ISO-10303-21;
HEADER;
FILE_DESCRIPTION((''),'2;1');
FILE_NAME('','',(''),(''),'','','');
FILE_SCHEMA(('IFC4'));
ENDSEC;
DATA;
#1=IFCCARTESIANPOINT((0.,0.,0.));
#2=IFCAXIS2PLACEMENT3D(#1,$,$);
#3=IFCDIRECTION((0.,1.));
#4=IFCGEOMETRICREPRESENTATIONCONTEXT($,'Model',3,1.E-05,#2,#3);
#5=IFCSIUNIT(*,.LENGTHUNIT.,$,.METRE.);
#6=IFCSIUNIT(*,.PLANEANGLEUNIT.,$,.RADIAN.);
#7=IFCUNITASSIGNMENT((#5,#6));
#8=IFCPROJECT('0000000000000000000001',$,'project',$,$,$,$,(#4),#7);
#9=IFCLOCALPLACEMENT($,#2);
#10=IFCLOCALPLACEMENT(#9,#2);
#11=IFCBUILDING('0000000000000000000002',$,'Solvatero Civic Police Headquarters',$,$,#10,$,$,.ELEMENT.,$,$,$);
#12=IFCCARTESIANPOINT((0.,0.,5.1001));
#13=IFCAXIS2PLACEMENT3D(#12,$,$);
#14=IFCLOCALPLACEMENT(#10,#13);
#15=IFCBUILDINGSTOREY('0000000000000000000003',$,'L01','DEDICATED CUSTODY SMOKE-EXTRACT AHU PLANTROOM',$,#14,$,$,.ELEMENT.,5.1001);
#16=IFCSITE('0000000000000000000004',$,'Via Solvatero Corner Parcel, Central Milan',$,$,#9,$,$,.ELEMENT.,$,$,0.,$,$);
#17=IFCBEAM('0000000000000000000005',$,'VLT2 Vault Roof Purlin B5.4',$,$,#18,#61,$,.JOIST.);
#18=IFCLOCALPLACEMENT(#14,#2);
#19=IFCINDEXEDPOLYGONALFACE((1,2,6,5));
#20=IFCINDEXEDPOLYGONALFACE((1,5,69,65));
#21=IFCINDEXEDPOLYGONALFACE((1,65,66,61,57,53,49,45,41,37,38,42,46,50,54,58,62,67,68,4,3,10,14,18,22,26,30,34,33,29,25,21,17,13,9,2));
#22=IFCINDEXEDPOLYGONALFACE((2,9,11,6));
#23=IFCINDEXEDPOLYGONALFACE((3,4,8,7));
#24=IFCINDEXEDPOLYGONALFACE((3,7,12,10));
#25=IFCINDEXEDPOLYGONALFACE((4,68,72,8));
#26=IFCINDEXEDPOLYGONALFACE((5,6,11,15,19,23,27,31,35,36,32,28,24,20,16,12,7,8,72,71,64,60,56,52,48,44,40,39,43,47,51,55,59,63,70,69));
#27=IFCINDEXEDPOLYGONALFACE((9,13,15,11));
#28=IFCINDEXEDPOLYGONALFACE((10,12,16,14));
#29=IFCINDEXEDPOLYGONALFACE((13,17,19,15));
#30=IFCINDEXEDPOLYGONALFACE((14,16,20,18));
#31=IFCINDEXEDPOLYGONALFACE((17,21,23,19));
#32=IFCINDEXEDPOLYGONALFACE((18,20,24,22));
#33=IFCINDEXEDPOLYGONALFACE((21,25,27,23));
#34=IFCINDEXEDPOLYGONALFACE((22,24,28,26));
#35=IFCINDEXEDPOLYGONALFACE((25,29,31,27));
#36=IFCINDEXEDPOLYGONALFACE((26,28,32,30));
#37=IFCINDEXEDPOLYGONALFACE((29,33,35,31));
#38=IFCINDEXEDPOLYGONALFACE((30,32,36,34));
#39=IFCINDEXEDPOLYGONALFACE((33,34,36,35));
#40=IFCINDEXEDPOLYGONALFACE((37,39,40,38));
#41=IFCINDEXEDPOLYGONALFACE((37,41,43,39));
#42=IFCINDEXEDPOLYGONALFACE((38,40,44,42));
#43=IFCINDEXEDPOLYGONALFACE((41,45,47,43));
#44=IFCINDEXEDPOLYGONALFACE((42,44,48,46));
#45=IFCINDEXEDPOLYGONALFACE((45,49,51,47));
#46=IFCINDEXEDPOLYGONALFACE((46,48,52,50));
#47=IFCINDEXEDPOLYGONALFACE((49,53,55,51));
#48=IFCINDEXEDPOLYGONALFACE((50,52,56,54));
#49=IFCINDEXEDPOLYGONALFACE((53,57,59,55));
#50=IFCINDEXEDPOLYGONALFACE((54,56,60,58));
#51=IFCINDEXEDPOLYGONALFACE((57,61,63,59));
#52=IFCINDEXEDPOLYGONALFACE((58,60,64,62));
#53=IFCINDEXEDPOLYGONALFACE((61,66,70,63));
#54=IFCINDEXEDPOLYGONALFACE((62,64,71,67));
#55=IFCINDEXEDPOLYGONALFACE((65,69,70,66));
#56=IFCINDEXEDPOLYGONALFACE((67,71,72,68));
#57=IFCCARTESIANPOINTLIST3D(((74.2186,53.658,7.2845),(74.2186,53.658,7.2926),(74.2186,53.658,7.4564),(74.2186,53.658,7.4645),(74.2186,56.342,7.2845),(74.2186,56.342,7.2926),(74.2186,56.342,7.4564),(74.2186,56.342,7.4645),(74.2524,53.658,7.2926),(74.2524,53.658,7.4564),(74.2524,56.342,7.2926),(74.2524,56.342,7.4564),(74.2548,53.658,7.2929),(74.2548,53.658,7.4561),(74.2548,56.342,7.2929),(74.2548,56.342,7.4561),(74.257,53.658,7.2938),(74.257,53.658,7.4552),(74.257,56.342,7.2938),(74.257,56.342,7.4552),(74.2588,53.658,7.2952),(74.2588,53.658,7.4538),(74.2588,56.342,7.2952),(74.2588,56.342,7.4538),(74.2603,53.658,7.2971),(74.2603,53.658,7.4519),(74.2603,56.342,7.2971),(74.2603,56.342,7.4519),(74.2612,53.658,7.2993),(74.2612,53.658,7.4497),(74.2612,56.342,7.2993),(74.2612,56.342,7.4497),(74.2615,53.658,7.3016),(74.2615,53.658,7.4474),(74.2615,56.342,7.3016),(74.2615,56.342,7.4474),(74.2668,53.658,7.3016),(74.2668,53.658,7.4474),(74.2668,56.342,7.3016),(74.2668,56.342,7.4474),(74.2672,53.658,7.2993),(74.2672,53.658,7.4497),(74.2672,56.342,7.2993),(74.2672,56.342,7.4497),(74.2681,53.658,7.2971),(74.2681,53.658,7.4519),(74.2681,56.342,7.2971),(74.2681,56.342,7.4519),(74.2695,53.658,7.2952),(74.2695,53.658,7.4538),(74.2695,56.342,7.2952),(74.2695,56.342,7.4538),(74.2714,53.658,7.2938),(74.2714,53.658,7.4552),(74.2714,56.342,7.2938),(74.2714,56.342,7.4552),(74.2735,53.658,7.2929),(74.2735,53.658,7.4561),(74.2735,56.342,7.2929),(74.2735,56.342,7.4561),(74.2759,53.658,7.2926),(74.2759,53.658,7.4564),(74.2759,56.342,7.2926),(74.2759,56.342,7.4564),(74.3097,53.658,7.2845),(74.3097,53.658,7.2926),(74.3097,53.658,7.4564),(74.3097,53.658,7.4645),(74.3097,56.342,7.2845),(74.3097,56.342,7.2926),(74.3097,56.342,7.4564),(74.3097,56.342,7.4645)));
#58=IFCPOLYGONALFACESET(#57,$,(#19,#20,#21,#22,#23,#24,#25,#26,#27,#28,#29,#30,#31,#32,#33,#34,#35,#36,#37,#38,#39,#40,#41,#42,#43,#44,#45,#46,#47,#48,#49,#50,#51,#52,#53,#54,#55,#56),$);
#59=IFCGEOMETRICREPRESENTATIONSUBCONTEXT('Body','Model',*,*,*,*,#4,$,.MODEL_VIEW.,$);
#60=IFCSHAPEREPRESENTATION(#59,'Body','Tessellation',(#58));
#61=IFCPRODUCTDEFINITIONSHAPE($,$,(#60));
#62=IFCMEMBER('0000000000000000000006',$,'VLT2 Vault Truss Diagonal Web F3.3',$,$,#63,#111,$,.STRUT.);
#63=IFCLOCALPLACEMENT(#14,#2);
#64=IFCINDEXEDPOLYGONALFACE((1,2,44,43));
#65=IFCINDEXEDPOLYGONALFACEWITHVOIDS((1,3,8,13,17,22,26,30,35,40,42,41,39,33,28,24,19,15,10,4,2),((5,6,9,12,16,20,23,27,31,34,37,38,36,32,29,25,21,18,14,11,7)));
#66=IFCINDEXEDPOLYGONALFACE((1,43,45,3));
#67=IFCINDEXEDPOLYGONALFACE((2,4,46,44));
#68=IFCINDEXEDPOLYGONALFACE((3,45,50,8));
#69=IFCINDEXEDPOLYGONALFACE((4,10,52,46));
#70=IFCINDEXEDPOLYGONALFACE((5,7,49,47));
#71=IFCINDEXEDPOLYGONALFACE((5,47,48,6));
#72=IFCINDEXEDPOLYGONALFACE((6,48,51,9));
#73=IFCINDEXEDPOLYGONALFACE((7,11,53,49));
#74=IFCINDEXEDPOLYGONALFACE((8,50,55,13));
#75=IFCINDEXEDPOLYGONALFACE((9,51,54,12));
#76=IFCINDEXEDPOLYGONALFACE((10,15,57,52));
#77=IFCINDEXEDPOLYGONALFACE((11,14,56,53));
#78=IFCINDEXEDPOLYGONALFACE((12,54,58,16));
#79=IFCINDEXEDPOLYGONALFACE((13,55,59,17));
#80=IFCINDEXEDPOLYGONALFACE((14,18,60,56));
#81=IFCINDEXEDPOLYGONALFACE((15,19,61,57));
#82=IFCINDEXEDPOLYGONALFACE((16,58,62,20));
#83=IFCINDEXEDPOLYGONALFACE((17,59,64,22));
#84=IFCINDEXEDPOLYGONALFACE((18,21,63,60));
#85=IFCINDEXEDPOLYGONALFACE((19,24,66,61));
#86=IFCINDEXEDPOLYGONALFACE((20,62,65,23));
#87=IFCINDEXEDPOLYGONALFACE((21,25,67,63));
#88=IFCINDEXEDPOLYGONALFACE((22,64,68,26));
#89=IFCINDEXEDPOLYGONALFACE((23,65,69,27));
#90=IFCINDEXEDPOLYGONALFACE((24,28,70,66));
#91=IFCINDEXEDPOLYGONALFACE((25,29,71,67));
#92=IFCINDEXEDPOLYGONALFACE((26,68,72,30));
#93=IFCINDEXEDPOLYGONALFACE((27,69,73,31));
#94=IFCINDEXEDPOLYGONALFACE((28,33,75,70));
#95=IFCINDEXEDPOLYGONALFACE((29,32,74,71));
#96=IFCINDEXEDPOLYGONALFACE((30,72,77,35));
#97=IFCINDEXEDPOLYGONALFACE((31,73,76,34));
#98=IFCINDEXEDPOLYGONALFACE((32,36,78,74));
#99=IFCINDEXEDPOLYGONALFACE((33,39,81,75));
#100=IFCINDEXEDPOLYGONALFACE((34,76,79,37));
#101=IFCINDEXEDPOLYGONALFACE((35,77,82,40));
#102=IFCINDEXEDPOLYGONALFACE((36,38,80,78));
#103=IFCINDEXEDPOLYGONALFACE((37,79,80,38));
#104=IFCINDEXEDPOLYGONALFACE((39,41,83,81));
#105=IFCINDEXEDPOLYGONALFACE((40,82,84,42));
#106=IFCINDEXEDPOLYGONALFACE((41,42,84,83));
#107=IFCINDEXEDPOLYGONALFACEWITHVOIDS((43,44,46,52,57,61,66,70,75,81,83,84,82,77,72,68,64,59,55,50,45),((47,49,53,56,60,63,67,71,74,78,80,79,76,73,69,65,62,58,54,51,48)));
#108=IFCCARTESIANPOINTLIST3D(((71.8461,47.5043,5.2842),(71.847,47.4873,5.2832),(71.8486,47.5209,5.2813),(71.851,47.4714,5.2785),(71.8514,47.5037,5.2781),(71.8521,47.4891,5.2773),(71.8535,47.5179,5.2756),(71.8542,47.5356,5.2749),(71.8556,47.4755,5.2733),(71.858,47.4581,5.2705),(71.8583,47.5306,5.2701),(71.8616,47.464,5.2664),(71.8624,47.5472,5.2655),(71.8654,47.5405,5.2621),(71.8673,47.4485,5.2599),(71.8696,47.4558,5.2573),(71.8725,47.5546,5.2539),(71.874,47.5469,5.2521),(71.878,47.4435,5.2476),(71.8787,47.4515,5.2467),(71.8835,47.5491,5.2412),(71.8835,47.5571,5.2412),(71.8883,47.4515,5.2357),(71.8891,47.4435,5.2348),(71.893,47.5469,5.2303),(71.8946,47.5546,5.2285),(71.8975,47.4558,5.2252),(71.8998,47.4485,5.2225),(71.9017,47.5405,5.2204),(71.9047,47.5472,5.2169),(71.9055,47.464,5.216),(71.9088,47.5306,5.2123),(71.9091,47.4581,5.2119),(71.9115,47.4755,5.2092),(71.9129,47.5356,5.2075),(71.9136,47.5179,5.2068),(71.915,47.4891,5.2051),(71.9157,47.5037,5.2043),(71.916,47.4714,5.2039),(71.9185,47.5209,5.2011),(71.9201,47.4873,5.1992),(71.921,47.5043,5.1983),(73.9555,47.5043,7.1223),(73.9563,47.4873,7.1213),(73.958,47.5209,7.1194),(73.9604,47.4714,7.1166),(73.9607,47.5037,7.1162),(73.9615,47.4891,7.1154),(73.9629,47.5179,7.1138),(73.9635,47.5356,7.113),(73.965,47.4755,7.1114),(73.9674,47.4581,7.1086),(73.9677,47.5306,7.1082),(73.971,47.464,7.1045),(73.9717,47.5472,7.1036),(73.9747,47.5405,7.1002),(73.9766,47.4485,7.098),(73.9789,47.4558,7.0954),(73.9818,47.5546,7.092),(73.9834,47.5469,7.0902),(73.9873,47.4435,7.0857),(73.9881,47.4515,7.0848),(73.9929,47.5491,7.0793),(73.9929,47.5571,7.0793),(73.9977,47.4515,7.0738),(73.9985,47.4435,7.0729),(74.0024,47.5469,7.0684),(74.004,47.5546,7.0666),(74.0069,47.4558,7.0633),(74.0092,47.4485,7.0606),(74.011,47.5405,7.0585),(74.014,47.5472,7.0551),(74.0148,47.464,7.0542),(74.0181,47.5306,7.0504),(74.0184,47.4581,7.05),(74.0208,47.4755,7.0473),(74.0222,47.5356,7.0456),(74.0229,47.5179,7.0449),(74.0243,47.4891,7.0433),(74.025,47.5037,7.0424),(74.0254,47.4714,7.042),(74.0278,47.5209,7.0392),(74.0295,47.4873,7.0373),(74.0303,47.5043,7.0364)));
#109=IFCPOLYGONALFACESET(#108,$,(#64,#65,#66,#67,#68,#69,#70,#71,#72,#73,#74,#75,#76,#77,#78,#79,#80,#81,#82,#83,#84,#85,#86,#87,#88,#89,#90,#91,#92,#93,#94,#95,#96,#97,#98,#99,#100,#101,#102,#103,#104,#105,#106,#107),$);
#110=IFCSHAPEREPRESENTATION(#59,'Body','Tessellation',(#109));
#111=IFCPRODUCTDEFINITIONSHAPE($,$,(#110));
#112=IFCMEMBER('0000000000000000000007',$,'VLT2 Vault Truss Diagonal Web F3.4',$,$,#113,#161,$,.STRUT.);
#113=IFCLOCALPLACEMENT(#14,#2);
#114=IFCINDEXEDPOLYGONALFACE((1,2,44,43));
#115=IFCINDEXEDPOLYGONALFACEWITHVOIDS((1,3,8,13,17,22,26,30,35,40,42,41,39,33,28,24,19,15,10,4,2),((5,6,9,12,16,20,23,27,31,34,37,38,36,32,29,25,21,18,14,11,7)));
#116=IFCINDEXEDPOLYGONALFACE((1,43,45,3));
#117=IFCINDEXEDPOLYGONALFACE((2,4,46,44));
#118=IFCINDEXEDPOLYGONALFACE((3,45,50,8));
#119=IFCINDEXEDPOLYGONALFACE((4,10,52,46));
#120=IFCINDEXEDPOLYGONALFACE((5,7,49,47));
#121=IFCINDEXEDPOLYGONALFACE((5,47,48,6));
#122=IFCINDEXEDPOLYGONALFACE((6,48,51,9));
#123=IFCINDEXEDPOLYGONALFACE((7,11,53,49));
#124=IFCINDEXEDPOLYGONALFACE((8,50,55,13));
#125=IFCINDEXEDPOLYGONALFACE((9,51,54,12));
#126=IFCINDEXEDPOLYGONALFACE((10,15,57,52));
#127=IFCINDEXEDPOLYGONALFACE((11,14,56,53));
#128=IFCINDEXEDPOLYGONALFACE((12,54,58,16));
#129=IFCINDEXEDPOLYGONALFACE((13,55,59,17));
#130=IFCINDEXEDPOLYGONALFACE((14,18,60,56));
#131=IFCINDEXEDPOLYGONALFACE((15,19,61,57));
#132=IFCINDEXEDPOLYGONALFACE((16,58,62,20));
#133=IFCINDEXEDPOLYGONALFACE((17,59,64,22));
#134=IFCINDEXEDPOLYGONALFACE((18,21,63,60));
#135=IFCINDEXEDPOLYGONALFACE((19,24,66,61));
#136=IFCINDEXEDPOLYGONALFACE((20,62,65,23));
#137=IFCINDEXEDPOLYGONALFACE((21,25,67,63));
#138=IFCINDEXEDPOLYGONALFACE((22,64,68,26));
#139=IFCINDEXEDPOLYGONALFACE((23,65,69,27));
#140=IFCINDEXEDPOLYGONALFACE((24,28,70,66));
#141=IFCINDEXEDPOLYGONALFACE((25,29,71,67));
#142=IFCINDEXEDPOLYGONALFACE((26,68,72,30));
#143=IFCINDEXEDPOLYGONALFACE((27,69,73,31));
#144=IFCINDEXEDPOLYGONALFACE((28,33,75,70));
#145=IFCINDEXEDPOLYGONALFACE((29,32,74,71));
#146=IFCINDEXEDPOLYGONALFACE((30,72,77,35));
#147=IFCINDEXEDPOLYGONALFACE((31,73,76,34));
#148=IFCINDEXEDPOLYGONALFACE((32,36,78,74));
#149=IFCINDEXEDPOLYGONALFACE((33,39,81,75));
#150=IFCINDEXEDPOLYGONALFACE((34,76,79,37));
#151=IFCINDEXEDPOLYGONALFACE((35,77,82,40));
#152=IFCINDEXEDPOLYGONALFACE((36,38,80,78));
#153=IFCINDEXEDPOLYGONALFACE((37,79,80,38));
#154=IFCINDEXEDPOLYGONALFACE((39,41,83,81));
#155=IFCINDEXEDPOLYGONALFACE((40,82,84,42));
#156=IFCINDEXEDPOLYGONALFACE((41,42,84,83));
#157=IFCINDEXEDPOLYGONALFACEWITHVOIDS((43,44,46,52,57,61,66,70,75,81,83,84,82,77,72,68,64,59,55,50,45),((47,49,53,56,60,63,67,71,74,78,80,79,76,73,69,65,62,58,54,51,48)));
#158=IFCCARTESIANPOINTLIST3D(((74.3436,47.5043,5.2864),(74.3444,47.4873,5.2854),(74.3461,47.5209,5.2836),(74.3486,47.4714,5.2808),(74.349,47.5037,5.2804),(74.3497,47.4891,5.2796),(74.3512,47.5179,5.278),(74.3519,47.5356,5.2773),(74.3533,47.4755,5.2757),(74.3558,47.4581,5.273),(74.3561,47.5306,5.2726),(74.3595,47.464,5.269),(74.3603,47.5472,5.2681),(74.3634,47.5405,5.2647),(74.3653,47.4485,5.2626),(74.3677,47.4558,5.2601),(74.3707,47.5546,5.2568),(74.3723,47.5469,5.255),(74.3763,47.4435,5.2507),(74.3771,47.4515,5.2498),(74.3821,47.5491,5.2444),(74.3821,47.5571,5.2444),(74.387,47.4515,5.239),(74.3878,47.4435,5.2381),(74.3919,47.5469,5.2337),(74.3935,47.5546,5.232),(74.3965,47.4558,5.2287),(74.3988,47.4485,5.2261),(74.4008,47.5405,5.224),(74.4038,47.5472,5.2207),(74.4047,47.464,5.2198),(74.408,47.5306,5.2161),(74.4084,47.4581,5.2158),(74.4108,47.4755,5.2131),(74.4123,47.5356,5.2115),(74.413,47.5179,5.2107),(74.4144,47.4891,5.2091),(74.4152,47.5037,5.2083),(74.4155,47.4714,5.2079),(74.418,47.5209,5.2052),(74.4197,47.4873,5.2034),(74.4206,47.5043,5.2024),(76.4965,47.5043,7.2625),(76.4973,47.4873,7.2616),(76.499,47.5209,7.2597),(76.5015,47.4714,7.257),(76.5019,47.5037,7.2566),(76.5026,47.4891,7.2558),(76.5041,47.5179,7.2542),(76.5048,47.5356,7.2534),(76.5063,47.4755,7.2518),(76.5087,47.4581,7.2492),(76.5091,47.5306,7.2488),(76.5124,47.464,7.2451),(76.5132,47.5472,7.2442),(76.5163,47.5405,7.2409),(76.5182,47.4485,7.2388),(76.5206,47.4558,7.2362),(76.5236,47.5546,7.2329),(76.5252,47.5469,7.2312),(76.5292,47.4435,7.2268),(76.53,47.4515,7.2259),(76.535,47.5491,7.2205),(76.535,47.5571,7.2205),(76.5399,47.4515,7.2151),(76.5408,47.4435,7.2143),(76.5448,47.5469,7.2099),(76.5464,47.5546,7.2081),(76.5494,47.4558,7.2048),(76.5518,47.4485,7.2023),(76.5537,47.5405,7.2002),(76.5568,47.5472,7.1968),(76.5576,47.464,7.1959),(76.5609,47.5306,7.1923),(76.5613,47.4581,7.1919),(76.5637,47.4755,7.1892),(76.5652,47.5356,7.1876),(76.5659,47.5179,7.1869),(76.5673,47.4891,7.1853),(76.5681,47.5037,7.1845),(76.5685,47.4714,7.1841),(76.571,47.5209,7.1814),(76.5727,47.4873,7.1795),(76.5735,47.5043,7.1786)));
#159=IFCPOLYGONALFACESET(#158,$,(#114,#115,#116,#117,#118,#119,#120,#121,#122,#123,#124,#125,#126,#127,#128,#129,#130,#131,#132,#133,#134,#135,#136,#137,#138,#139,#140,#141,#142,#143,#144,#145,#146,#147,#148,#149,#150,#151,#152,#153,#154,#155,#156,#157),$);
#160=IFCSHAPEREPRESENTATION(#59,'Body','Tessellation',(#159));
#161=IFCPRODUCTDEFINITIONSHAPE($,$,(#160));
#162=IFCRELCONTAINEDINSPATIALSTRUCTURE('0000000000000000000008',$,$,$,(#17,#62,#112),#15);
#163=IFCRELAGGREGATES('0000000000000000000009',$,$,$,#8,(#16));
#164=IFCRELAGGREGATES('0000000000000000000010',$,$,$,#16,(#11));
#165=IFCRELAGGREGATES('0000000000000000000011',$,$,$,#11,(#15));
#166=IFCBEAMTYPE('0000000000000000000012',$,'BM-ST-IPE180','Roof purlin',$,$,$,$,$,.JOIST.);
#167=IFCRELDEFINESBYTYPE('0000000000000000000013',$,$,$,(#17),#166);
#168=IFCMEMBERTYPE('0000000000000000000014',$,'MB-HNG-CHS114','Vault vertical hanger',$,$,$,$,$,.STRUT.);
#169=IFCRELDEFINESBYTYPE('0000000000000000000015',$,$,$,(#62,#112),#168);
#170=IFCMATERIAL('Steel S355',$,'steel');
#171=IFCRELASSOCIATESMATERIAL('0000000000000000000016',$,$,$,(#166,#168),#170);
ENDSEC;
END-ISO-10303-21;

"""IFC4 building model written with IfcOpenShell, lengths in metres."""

from ifc_helpers import new_model, si_unit, direction, frame, origin, origin_2d, place, context, subcontext, project, spatial, hollow_circle, i_section, extrude, material, material_profile, profile_set, type_object, element, save


model = new_model("IFC4")

# Units and contexts
model_context = context("Model", 3, precision=1e-05, world=origin(), true_north=direction((0.0, 1.0)))
body_context = subcontext(model_context, "Body", "Model", "MODEL_VIEW")
ifc_project = project(units=[si_unit("LENGTHUNIT", "METRE"), si_unit("PLANEANGLEUNIT", "RADIAN")], contexts=[model_context])

# Site, building, storey
site_placement = place(None, origin())
site = spatial("IfcSite", under=ifc_project, at=site_placement, Name="Via Solvatero Corner Parcel, Central Milan", CompositionType="ELEMENT", RefElevation=0.0)
building_placement = place(site_placement, origin())
building = spatial("IfcBuilding", under=site, at=building_placement, Name="Solvatero Civic Police Headquarters", CompositionType="ELEMENT")
storey_placement = place(building_placement, frame((0.0, 0.0, 5.1001)))
storey = spatial("IfcBuildingStorey", under=building, at=storey_placement, Name="L01", Description="DEDICATED CUSTODY SMOKE-EXTRACT AHU PLANTROOM", CompositionType="ELEMENT", Elevation=5.1001)

# Beam
ifc_material = material(Name="Steel S355", Category="steel")
ifc_material_profile_1 = material_profile(ifc_material, i_section(OverallWidth=0.0911, OverallDepth=0.1799, WebThickness=0.0054, FlangeThickness=0.0081, FilletRadius=0.009, at=origin_2d()), Name="IPE 180")
ifc_profile_set_1 = profile_set([ifc_material_profile_1], Name="Steel S355")
beam_type_1 = type_object("IfcBeamType", Name="BM-ST-IPE180", Description="Roof purlin", PredefinedType="JOIST", material=ifc_profile_set_1)
for number, where, z_axis, x_axis, name in (
    (1, (74.2642, 53.658, 7.3745), (0.0, 1.0, 0.0), (-1.0, 0.0, 0.0), "VLT2 Vault Roof Purlin B5.4"),
):
    element("IfcBeam", number, at=place(storey_placement, frame(where, z_axis=z_axis, x_axis=x_axis)), inside=storey, type_object=beam_type_1, Name=name, PredefinedType="JOIST", context=body_context, shape_type="SweptSolid", body=[
        extrude(i_section(OverallWidth=0.0911, OverallDepth=0.1799, WebThickness=0.0054, FlangeThickness=0.0081, FilletRadius=0.009, at=origin_2d()), origin(), (0.0, 0.0, 1.0), 2.6841),
    ])

# Members
ifc_material_profile_2 = material_profile(ifc_material, hollow_circle(Radius=0.0571, WallThickness=0.0081, at=origin_2d()), Name="CHS 114.3x8.0")
ifc_profile_set_2 = profile_set([ifc_material_profile_2], Name="Steel S355")
member_type_1 = type_object("IfcMemberType", Name="MB-HNG-CHS114", Description="Vault vertical hanger", PredefinedType="STRUT", material=ifc_profile_set_2)
member_1_placement = place(storey_placement, frame((71.8835, 47.5, 5.2412), z_axis=(0.753916, 0.0, 0.656971), x_axis=(0.0, 1.0, 0.0)))
element("IfcMember", 2, at=member_1_placement, inside=storey, type_object=member_type_1, Name="VLT2 Vault Truss Diagonal Web F3.3", PredefinedType="STRUT", context=body_context, shape_type="SweptSolid", body=[
    extrude(hollow_circle(Radius=0.0571, WallThickness=0.0081, at=origin_2d()), origin(), (0.0, 0.0, 1.0), 2.7979),
])
member_2_placement = place(storey_placement, frame((74.3821, 47.5, 5.2444), z_axis=(0.736703, 0.0, 0.676216), x_axis=(0.0, 1.0, 0.0)))
element("IfcMember", 3, at=member_2_placement, inside=storey, type_object=member_type_1, Name="VLT2 Vault Truss Diagonal Web F3.4", PredefinedType="STRUT", context=body_context, shape_type="SweptSolid", body=[
    extrude(hollow_circle(Radius=0.0571, WallThickness=0.0081, at=origin_2d()), origin(), (0.0, 0.0, 1.0), 2.9224),
])

save(model, "model.ifc")
